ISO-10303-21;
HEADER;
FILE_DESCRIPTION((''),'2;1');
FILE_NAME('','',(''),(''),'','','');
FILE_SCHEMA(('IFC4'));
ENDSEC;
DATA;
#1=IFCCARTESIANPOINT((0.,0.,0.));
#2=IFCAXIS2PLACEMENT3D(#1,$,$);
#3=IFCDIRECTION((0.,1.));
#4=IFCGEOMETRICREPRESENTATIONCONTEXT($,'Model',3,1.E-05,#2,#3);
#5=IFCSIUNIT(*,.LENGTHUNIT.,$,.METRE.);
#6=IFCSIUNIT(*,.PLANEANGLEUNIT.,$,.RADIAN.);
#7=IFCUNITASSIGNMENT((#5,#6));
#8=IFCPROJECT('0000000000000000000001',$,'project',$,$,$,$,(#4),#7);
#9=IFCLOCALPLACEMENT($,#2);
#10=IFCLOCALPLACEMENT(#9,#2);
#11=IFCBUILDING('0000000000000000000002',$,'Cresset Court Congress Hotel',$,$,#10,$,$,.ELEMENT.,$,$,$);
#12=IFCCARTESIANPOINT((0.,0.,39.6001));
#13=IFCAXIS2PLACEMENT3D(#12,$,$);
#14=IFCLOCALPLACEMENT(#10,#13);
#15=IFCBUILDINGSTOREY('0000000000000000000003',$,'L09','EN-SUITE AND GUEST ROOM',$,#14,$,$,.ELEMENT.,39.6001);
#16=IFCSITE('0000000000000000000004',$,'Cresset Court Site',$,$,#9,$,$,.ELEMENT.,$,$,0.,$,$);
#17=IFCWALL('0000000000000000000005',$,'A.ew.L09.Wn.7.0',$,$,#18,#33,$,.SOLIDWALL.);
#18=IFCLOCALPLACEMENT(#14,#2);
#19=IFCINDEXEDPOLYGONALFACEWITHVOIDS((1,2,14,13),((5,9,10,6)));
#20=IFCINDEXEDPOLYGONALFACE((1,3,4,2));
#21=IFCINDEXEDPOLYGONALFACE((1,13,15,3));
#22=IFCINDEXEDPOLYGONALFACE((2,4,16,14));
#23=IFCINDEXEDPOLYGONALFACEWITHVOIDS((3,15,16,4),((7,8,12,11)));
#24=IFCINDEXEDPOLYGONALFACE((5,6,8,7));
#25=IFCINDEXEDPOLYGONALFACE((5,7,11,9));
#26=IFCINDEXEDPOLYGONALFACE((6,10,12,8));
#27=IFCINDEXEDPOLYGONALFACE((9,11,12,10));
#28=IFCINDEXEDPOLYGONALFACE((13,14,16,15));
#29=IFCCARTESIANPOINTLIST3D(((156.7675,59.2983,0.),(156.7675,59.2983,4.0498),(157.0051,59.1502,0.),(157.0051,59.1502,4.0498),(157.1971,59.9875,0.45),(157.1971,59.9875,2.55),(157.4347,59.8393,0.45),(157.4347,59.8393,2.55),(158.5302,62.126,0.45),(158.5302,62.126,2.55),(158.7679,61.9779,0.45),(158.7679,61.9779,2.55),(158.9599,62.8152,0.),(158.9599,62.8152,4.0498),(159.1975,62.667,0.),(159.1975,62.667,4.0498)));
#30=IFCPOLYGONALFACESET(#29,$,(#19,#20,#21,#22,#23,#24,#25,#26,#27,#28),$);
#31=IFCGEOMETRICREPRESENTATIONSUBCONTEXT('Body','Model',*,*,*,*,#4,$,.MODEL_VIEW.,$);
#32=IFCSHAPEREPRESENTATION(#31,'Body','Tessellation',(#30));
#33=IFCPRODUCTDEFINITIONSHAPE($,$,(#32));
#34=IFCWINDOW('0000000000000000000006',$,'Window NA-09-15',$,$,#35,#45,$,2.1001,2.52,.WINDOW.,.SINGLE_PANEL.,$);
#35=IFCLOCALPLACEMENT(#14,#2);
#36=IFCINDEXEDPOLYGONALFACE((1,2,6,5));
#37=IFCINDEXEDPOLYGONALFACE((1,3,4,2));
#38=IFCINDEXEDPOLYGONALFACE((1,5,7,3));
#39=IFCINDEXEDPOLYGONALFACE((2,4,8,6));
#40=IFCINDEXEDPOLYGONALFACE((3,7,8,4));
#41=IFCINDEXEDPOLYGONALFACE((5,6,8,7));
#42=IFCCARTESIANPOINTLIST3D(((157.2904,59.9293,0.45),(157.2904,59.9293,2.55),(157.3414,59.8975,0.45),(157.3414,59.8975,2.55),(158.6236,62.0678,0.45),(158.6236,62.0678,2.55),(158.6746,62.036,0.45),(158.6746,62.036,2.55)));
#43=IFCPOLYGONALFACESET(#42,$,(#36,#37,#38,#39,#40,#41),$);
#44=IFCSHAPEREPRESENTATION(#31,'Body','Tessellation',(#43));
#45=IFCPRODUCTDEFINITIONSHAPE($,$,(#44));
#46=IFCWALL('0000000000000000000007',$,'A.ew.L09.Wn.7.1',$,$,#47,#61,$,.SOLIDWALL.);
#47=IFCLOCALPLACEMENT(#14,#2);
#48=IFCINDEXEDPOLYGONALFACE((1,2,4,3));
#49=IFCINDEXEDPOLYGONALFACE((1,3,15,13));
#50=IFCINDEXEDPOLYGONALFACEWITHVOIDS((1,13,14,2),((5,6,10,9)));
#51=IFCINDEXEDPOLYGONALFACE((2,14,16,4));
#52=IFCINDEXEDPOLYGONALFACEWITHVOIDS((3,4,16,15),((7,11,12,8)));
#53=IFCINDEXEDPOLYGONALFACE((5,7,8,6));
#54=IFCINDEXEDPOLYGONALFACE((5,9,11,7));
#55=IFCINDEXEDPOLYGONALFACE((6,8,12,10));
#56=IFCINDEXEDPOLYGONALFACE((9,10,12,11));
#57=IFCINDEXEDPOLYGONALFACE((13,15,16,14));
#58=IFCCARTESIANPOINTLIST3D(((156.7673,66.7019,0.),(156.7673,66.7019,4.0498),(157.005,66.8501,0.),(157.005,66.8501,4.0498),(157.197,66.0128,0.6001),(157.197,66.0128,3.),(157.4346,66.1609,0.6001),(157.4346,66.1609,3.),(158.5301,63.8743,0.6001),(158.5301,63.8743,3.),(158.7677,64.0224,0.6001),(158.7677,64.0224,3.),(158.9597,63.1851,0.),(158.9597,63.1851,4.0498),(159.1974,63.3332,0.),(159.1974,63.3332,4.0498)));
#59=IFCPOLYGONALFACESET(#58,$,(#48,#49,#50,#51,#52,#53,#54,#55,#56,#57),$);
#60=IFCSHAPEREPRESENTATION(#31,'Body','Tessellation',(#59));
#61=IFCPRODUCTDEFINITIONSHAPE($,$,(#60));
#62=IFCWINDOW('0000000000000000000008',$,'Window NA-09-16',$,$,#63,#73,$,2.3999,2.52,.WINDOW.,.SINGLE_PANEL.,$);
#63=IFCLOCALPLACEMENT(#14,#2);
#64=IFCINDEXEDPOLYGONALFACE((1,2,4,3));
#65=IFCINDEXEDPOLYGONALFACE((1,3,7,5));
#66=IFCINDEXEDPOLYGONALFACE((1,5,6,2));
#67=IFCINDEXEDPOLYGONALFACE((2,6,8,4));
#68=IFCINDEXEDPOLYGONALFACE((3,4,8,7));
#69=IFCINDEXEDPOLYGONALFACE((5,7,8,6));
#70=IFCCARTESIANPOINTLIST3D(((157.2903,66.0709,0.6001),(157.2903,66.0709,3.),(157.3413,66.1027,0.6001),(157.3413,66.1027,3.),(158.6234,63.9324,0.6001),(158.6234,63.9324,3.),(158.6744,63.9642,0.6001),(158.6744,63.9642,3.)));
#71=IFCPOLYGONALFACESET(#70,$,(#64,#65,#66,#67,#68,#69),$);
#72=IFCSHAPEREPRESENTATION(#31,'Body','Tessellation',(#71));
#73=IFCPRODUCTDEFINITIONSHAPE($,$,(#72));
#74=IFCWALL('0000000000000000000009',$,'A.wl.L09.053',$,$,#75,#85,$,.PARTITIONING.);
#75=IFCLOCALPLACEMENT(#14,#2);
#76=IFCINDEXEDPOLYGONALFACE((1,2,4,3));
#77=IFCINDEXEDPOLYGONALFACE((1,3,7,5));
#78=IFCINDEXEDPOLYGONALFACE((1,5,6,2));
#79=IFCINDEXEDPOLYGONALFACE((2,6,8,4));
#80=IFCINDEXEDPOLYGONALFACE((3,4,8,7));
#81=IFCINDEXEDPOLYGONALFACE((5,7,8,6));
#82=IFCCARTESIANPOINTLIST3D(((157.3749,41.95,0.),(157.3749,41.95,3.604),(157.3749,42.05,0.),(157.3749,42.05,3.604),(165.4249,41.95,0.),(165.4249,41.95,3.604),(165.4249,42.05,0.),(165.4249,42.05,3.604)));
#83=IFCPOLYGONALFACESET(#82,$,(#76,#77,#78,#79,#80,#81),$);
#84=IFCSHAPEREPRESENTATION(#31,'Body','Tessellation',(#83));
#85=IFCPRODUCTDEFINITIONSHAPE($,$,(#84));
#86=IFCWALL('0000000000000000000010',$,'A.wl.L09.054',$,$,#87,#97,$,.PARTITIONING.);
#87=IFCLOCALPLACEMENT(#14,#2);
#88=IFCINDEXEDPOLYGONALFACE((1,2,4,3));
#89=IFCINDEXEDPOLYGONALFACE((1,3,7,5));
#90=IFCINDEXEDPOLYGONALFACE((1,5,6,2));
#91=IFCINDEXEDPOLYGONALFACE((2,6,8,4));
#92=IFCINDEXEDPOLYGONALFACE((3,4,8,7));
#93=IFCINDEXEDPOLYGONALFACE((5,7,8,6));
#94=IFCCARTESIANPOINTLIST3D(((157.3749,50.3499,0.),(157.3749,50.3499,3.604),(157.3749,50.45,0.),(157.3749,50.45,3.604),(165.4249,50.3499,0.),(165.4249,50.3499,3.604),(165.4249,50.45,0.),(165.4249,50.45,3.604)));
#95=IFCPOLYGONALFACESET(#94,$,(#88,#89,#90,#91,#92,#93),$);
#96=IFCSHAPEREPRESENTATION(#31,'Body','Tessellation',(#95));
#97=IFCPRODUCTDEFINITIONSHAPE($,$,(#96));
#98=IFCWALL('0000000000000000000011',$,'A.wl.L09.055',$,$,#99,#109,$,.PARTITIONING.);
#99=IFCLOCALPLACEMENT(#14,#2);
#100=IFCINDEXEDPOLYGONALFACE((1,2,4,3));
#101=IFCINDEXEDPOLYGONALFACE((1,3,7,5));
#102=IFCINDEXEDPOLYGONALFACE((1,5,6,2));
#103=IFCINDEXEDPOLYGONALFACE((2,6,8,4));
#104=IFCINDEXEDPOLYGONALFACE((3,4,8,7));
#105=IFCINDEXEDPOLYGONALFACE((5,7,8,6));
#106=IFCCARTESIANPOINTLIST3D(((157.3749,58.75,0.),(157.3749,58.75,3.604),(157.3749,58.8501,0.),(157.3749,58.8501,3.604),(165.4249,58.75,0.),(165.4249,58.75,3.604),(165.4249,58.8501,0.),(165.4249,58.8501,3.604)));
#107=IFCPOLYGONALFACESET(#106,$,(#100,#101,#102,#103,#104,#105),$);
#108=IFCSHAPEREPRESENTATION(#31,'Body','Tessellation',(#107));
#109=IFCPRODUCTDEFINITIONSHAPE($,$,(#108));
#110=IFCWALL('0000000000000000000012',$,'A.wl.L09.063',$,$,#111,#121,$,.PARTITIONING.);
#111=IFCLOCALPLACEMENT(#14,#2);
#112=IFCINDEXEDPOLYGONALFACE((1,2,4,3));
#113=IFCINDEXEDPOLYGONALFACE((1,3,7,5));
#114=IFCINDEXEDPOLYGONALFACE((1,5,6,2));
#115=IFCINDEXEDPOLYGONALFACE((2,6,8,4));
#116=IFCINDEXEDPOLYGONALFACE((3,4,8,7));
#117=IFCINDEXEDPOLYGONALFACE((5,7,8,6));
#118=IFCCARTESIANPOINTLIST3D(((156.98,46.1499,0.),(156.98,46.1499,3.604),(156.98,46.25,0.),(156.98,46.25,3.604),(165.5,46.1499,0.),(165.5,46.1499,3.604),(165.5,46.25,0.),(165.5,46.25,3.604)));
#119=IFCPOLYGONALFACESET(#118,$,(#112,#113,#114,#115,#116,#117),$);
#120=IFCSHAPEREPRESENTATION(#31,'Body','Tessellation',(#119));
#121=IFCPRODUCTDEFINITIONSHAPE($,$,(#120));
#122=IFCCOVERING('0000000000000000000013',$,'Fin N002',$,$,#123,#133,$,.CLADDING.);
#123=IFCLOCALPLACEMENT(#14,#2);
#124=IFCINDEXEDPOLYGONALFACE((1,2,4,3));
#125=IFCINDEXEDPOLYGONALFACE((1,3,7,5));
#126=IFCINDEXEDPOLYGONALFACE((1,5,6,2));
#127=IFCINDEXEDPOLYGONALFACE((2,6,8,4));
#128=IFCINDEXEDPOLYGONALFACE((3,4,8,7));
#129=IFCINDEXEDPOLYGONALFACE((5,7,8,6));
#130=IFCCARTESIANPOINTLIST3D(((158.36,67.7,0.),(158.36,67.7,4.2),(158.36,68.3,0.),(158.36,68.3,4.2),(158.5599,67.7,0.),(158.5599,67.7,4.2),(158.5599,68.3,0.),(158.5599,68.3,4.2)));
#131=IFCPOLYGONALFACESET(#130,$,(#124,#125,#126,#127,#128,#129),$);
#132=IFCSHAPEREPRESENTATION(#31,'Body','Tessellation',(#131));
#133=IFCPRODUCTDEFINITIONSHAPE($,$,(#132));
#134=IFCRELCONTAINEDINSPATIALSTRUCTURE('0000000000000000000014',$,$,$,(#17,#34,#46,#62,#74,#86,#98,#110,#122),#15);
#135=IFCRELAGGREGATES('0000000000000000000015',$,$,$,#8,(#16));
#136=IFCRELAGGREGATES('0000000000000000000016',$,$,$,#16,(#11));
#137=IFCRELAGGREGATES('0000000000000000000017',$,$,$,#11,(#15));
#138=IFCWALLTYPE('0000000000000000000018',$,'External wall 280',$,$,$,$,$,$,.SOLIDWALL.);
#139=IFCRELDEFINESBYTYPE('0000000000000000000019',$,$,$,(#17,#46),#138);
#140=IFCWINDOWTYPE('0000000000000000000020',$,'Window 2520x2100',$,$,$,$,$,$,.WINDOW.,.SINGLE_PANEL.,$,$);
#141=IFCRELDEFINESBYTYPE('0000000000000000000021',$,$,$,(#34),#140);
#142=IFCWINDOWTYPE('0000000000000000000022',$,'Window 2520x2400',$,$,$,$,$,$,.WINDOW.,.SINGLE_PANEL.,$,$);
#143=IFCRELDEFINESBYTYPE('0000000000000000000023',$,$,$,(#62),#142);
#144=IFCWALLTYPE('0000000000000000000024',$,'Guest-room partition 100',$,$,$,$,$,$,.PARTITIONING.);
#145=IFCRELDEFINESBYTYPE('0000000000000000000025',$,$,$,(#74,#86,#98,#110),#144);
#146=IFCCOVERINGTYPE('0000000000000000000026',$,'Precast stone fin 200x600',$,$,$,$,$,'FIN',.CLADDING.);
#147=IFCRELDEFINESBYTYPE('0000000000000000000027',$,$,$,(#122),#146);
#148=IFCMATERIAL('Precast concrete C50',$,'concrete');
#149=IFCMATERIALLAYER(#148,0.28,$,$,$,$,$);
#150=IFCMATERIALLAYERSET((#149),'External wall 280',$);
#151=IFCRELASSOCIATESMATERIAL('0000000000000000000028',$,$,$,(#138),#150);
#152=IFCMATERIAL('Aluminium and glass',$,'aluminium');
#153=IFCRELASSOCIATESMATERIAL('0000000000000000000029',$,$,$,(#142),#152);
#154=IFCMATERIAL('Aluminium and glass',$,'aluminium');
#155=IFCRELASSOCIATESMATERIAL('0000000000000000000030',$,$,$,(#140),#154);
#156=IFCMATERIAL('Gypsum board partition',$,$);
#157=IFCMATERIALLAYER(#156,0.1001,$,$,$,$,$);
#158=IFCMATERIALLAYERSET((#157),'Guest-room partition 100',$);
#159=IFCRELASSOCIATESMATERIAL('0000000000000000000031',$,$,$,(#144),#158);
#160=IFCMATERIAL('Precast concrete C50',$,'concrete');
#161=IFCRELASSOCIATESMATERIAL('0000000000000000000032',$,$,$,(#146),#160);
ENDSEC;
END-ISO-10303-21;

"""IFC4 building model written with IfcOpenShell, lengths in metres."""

from ifc_helpers import new_model, si_unit, direction, frame, frame_2d, origin, origin_2d, place, context, subcontext, project, spatial, rectangle, extrude, material, layer, layer_set, type_object, element, fill, save


model = new_model("IFC4")

# Units and contexts
model_context = context("Model", 3, precision=1e-05, world=origin(), true_north=direction((0.0, 1.0)))
body_context = subcontext(model_context, "Body", "Model", "MODEL_VIEW")
ifc_project = project(units=[si_unit("LENGTHUNIT", "METRE"), si_unit("PLANEANGLEUNIT", "RADIAN")], contexts=[model_context])

# Site, building, storey
site_placement = place(None, origin())
site = spatial("IfcSite", under=ifc_project, at=site_placement, Name="Cresset Court Site", CompositionType="ELEMENT", RefElevation=0.0)
building_placement = place(site_placement, origin())
building = spatial("IfcBuilding", under=site, at=building_placement, Name="Cresset Court Congress Hotel", CompositionType="ELEMENT")
storey_placement = place(building_placement, frame((0.0, 0.0, 39.6001)))
storey = spatial("IfcBuildingStorey", under=building, at=storey_placement, Name="L09", Description="EN-SUITE AND GUEST ROOM", CompositionType="ELEMENT", Elevation=39.6001)

# Shared definitions
ifc_material_1 = material(Name="Precast concrete C50", Category="concrete")
ifc_layer_1 = layer(ifc_material_1, 0.28)
ifc_layer_set_1 = layer_set([ifc_layer_1], Name="External wall 280")
wall_type_1 = type_object("IfcWallType", Name="External wall 280", PredefinedType="SOLIDWALL", material=ifc_layer_set_1)
ifc_material_2 = material(Name="Aluminium and glass", Category="aluminium")
window_type_1 = type_object("IfcWindowType", Name="Window 2520x2400", PartitioningType="SINGLE_PANEL", PredefinedType="WINDOW", material=ifc_material_2)

# Walls, openings, windows
wall_1_placement = place(storey_placement, frame((156.8862, 59.2241, 0.0), z_axis=(0.0, 0.0, 1.0), x_axis=(0.529019, 0.84861, 0.0)))
wall_1 = element("IfcWall", 1, at=wall_1_placement, inside=storey, type_object=wall_type_1, Name="A.ew.L09.Wn.7.0", PredefinedType="SOLIDWALL", context=body_context, shape_type="SweptSolid", body=[
    extrude(rectangle(XDim=4.1443, YDim=0.28, at=frame_2d((2.0723, 0.0))), origin(), (0.0, 0.0, 1.0), 4.0498),
])
opening_1_placement = place(wall_1_placement, frame((0.8123, 0.0, 0.45)))
opening_1 = element("IfcOpeningElement", 2, at=opening_1_placement, cuts=wall_1, PredefinedType="OPENING", context=body_context, shape_type="SweptSolid", body=[
    extrude(rectangle(XDim=2.52, YDim=2.1001, at=frame_2d((1.26, 1.05))), frame((0.0, 0.1499, 0.0), z_axis=(0.0, -1.0, 0.0), x_axis=(1.0, 0.0, 0.0)), (0.0, 0.0, 1.0), 0.3),
])
ifc_material_3 = material(Name="Aluminium and glass", Category="aluminium")
window_type_2 = type_object("IfcWindowType", Name="Window 2520x2100", PartitioningType="SINGLE_PANEL", PredefinedType="WINDOW", material=ifc_material_3)
window_1_placement = place(opening_1_placement, origin())
window_1 = element("IfcWindow", 3, at=window_1_placement, inside=storey, type_object=window_type_2, Name="Window NA-09-15", OverallHeight=2.1001, OverallWidth=2.52, PartitioningType="SINGLE_PANEL", PredefinedType="WINDOW", context=body_context, shape_type="SweptSolid", body=[
    extrude(rectangle(XDim=2.52, YDim=2.1001, at=frame_2d((1.26, 1.05))), frame((0.0, 0.03, 0.0), z_axis=(0.0, -1.0, 0.0), x_axis=(1.0, 0.0, 0.0)), (0.0, 0.0, 1.0), 0.0601),
])
fill(opening_1, window_1)
wall_2_placement = place(storey_placement, frame((159.0786, 63.259, 0.0), z_axis=(0.0, 0.0, 1.0), x_axis=(-0.529019, 0.84861, 0.0)))
wall_2 = element("IfcWall", 4, at=wall_2_placement, inside=storey, type_object=wall_type_1, Name="A.ew.L09.Wn.7.1", PredefinedType="SOLIDWALL", context=body_context, shape_type="SweptSolid", body=[
    extrude(rectangle(XDim=4.1443, YDim=0.28, at=frame_2d((2.0723, 0.0))), origin(), (0.0, 0.0, 1.0), 4.0498),
])
opening_2_placement = place(wall_2_placement, frame((0.8123, 0.0, 0.6001)))
opening_2 = element("IfcOpeningElement", 5, at=opening_2_placement, cuts=wall_2, PredefinedType="OPENING", context=body_context, shape_type="SweptSolid", body=[
    extrude(rectangle(XDim=2.52, YDim=2.3999, at=frame_2d((1.26, 1.2))), frame((0.0, 0.1499, 0.0), z_axis=(0.0, -1.0, 0.0), x_axis=(1.0, 0.0, 0.0)), (0.0, 0.0, 1.0), 0.3),
])
window_2_placement = place(opening_2_placement, origin())
window_2 = element("IfcWindow", 6, at=window_2_placement, inside=storey, type_object=window_type_1, Name="Window NA-09-16", OverallHeight=2.3999, OverallWidth=2.52, PartitioningType="SINGLE_PANEL", PredefinedType="WINDOW", context=body_context, shape_type="SweptSolid", body=[
    extrude(rectangle(XDim=2.52, YDim=2.3999, at=frame_2d((1.26, 1.2))), frame((0.0, 0.03, 0.0), z_axis=(0.0, -1.0, 0.0), x_axis=(1.0, 0.0, 0.0)), (0.0, 0.0, 1.0), 0.0601),
])
fill(opening_2, window_2)

# Walls
ifc_material_4 = material(Name="Gypsum board partition")
ifc_layer_2 = layer(ifc_material_4, 0.1001)
ifc_layer_set_2 = layer_set([ifc_layer_2], Name="Guest-room partition 100")
wall_type_2 = type_object("IfcWallType", Name="Guest-room partition 100", PredefinedType="PARTITIONING", material=ifc_layer_set_2)
for number, where, z_axis, x_axis, name in (
    (7, (157.375, 42.0, 0.0), (0.0, 0.0, 1.0), (1.0, 0.0, 0.0), "A.wl.L09.053"),
    (8, (157.375, 50.3999, 0.0), (0.0, 0.0, 1.0), (1.0, 0.0, 0.0), "A.wl.L09.054"),
    (9, (157.375, 58.8, 0.0), (0.0, 0.0, 1.0), (1.0, 0.0, 0.0), "A.wl.L09.055"),
):
    element("IfcWall", number, at=place(storey_placement, frame(where, z_axis=z_axis, x_axis=x_axis)), inside=storey, type_object=wall_type_2, Name=name, PredefinedType="PARTITIONING", context=body_context, shape_type="SweptSolid", body=[
        extrude(rectangle(XDim=8.05, YDim=0.1001, at=frame_2d((4.0249, 0.0))), origin(), (0.0, 0.0, 1.0), 3.604),
    ])
wall_3_placement = place(storey_placement, frame((156.98, 46.2, 0.0), z_axis=(0.0, 0.0, 1.0), x_axis=(1.0, 0.0, 0.0)))
element("IfcWall", 10, at=wall_3_placement, inside=storey, type_object=wall_type_2, Name="A.wl.L09.063", PredefinedType="PARTITIONING", context=body_context, shape_type="SweptSolid", body=[
    extrude(rectangle(XDim=8.52, YDim=0.1001, at=frame_2d((4.26, 0.0))), origin(), (0.0, 0.0, 1.0), 3.604),
])

# Covering
ifc_material_5 = material(Name="Precast concrete C50", Category="concrete")
covering_type = type_object("IfcCoveringType", Name="Precast stone fin 200x600", ElementType="FIN", PredefinedType="CLADDING", material=ifc_material_5)
covering_placement = place(storey_placement, frame((158.46, 68.0, 0.0), z_axis=(0.0, 0.0, 1.0), x_axis=(1.0, 0.0, 0.0)))
element("IfcCovering", 11, at=covering_placement, inside=storey, type_object=covering_type, Name="Fin N002", PredefinedType="CLADDING", context=body_context, shape_type="SweptSolid", body=[
    extrude(rectangle(XDim=0.2, YDim=0.6001, at=origin_2d()), origin(), (0.0, 0.0, 1.0), 4.2),
])

save(model, "model.ifc")
